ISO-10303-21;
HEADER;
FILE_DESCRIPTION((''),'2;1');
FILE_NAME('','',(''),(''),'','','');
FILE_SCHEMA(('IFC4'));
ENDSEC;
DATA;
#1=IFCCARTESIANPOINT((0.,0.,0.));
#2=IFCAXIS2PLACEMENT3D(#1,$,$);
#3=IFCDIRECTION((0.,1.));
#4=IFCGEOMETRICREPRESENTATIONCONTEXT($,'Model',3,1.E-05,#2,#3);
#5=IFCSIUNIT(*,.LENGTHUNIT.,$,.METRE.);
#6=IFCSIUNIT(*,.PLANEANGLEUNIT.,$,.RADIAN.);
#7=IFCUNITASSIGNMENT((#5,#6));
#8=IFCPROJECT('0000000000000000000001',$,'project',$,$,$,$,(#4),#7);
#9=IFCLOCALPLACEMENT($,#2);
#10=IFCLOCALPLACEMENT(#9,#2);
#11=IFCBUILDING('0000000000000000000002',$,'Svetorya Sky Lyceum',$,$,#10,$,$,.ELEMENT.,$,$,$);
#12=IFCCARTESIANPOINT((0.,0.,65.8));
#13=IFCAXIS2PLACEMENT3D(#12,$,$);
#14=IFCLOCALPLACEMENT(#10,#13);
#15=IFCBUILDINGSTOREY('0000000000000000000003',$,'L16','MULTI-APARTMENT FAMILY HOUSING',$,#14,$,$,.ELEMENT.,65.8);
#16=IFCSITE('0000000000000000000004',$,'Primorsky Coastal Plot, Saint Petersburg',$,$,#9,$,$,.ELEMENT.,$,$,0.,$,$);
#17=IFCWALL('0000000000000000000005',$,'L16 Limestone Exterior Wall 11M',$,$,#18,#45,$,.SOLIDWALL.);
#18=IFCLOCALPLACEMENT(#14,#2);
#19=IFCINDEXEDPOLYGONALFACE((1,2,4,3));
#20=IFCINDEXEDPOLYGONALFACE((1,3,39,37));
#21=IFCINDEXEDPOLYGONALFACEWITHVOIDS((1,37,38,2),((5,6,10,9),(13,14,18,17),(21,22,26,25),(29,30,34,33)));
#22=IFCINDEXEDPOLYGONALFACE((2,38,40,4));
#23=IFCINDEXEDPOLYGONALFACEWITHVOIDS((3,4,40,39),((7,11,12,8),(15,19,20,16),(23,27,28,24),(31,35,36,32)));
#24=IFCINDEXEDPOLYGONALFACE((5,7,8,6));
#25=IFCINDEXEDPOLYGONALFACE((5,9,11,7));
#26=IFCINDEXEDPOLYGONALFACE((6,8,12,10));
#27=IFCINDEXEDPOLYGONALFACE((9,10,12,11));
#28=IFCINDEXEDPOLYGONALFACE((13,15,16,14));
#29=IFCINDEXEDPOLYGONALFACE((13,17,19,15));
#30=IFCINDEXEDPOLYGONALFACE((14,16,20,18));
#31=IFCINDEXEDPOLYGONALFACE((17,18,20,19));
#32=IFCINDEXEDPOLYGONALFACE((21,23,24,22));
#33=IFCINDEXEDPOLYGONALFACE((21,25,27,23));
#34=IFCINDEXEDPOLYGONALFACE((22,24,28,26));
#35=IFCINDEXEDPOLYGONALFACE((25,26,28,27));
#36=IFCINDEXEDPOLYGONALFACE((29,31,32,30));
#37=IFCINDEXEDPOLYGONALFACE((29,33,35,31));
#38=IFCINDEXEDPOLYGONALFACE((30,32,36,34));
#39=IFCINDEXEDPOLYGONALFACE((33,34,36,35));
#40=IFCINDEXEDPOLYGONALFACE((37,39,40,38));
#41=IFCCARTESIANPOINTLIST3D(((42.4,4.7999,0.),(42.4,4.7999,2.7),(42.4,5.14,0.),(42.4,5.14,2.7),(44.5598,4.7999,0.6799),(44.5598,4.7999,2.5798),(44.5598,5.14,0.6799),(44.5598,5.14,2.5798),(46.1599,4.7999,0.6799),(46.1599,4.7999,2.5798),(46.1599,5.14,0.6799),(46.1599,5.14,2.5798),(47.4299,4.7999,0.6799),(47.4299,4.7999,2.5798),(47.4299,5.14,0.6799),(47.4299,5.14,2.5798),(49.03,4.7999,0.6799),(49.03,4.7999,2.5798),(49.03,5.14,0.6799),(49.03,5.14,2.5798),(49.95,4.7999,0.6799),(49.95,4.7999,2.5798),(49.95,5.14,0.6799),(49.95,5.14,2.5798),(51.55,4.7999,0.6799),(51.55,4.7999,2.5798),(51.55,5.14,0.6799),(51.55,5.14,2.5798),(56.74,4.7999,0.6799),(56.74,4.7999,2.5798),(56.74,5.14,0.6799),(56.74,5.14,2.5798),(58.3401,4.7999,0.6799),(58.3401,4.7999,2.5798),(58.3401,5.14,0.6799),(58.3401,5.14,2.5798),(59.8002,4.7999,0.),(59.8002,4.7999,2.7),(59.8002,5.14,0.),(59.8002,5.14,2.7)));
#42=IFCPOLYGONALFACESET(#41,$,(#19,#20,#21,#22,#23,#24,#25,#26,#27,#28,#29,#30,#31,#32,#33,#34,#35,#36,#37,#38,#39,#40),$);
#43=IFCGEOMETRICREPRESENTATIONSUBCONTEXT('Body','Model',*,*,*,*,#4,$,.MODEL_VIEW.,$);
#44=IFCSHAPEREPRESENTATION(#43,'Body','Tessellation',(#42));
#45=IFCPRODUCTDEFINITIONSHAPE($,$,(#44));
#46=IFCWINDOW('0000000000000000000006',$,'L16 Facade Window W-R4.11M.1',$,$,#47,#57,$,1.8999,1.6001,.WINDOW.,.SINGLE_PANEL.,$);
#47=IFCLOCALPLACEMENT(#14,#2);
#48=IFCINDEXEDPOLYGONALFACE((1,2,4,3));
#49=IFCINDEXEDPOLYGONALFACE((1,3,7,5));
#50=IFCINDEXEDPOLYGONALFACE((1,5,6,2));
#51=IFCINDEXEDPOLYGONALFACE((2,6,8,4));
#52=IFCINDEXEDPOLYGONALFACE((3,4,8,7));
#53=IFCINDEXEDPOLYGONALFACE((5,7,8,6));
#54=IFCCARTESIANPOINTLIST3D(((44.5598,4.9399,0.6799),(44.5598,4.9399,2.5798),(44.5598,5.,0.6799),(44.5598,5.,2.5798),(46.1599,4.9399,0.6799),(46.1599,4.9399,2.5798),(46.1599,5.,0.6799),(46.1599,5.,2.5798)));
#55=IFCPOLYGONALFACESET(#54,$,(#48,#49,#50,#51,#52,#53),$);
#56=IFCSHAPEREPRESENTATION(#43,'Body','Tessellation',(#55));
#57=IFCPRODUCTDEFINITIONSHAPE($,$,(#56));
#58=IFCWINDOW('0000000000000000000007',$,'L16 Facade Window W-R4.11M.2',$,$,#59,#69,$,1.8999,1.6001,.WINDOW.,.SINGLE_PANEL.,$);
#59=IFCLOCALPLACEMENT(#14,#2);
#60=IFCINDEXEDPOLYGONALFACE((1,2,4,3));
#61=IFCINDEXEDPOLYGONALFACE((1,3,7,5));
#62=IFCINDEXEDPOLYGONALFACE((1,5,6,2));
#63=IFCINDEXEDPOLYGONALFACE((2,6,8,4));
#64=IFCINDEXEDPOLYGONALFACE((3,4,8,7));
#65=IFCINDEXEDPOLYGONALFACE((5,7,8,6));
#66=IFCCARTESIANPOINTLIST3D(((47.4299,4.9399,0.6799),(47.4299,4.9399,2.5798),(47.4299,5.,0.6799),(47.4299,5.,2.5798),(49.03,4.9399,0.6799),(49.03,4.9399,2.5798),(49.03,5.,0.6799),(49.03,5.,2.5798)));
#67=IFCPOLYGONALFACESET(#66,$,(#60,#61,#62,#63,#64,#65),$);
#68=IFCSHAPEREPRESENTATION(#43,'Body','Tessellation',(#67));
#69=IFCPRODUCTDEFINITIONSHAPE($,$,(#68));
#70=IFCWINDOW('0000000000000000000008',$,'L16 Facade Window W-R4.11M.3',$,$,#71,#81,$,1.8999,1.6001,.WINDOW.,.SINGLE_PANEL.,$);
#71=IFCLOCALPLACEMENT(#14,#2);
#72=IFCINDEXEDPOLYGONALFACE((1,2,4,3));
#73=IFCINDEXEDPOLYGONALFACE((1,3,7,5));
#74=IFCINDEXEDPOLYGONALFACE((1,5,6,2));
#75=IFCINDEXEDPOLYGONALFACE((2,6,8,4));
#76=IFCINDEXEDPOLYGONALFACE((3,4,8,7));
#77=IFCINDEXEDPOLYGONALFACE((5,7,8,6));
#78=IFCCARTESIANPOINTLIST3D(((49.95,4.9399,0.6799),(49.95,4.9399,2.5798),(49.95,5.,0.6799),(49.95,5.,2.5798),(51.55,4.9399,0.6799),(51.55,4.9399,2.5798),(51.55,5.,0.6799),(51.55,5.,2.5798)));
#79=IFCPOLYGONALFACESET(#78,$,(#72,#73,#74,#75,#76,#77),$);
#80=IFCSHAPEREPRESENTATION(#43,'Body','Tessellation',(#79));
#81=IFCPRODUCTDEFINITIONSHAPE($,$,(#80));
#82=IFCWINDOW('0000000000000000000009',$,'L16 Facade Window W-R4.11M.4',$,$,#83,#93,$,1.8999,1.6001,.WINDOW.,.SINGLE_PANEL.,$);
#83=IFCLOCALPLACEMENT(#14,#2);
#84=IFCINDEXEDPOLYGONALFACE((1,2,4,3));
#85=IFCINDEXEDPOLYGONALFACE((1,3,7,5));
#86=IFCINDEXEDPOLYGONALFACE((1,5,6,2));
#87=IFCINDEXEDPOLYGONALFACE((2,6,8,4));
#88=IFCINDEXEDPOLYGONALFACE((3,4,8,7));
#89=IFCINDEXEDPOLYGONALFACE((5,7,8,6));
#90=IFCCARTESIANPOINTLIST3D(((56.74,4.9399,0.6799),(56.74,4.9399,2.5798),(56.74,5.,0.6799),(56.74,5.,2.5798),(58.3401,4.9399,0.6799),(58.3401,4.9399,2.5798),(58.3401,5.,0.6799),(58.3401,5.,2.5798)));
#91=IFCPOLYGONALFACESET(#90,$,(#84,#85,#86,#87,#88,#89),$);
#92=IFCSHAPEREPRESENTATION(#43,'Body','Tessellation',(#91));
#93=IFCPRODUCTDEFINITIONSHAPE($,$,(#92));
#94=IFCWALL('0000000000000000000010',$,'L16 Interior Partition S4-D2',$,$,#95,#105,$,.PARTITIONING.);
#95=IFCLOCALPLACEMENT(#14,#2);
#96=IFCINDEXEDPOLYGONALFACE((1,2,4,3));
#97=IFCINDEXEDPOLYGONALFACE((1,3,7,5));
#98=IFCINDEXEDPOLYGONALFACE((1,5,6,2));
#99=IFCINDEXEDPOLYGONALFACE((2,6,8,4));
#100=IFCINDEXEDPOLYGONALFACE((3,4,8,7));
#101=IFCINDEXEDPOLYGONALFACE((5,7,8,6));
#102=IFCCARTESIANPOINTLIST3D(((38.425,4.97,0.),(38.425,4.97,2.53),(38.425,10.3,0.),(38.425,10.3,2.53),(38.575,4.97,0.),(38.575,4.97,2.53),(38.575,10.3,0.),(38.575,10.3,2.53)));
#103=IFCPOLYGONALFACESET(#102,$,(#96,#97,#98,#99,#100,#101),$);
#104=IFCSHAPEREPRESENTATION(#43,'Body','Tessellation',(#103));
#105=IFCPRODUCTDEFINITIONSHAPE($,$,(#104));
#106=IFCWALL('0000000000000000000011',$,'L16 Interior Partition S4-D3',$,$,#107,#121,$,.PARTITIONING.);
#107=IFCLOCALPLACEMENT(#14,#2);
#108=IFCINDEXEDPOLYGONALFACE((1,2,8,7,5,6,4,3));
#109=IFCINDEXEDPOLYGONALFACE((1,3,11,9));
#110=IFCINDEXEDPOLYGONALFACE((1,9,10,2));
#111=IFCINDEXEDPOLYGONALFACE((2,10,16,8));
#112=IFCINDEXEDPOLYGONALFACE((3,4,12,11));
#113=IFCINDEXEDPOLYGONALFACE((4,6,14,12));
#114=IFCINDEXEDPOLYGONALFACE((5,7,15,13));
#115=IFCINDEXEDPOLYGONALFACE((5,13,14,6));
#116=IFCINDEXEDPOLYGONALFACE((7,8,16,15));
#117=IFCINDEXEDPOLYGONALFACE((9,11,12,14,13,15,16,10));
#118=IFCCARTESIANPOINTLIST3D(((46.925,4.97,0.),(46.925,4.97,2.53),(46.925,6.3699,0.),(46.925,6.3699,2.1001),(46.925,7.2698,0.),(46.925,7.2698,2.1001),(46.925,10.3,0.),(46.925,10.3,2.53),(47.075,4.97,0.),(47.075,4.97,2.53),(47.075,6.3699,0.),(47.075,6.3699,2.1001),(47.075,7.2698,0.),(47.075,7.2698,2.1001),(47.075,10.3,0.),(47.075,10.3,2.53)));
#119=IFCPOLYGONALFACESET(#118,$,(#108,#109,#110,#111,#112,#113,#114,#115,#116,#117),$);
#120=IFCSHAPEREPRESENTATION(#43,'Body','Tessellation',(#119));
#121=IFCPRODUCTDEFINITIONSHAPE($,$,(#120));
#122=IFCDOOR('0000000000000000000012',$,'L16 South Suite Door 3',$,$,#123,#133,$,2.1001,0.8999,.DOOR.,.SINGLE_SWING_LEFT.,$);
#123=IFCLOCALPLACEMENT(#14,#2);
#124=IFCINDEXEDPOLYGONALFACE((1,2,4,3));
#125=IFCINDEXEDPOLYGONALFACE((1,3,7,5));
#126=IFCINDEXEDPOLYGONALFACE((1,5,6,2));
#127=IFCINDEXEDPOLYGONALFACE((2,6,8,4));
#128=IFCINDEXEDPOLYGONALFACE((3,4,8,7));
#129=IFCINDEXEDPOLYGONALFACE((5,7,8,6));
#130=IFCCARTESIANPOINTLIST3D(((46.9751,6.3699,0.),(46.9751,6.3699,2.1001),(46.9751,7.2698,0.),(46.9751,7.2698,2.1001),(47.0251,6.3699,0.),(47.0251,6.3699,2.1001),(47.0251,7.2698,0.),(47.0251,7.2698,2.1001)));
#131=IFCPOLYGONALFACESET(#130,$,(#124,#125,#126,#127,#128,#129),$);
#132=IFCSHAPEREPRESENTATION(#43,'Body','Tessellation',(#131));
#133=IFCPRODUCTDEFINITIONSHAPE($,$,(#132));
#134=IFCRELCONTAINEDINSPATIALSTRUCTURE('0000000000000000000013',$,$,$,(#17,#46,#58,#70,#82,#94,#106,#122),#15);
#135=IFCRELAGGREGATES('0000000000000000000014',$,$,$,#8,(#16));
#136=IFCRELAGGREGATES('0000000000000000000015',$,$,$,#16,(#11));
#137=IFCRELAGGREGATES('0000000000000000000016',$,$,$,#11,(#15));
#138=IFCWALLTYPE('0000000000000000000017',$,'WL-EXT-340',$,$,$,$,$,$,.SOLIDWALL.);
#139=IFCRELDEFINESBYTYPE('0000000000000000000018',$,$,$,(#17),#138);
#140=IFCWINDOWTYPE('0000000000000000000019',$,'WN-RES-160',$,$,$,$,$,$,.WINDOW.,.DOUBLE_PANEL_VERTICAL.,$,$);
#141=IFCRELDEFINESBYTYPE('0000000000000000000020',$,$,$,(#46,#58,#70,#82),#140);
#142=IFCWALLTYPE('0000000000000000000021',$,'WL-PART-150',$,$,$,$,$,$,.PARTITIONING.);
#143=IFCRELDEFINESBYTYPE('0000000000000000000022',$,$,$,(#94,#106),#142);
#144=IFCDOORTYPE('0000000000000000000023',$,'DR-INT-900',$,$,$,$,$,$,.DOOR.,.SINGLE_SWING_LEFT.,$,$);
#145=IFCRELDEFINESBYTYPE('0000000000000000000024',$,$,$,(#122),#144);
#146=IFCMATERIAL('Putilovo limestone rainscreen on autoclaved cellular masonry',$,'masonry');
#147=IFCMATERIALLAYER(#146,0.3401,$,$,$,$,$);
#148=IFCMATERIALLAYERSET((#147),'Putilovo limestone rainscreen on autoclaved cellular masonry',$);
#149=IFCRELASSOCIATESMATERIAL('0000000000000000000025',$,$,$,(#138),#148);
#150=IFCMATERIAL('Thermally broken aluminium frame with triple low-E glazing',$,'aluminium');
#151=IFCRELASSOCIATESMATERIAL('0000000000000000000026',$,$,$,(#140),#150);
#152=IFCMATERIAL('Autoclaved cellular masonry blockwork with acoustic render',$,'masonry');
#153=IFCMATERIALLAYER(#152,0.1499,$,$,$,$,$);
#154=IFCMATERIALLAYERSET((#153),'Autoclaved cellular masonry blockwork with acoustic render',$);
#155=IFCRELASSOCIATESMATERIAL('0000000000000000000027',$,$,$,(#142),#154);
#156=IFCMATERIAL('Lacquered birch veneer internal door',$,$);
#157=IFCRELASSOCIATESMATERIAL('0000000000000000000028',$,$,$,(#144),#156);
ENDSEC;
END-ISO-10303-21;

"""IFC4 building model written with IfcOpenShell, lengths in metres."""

from ifc_helpers import new_model, si_unit, direction, frame, frame_2d, origin, place, context, subcontext, project, spatial, rectangle, extrude, material, layer, layer_set, type_object, element, fill, save


model = new_model("IFC4")

# Units and contexts
model_context = context("Model", 3, precision=1e-05, world=origin(), true_north=direction((0.0, 1.0)))
body_context = subcontext(model_context, "Body", "Model", "MODEL_VIEW")
ifc_project = project(units=[si_unit("LENGTHUNIT", "METRE"), si_unit("PLANEANGLEUNIT", "RADIAN")], contexts=[model_context])

# Site, building, storey
site_placement = place(None, origin())
site = spatial("IfcSite", under=ifc_project, at=site_placement, Name="Primorsky Coastal Plot, Saint Petersburg", CompositionType="ELEMENT", RefElevation=0.0)
building_placement = place(site_placement, origin())
building = spatial("IfcBuilding", under=site, at=building_placement, Name="Svetorya Sky Lyceum", CompositionType="ELEMENT")
storey_placement = place(building_placement, frame((0.0, 0.0, 65.8)))
storey = spatial("IfcBuildingStorey", under=building, at=storey_placement, Name="L16", Description="MULTI-APARTMENT FAMILY HOUSING", CompositionType="ELEMENT", Elevation=65.8)

# Shared definitions
ifc_material_1 = material(Name="Putilovo limestone rainscreen on autoclaved cellular masonry", Category="masonry")
ifc_layer_1 = layer(ifc_material_1, 0.3401)
ifc_layer_set_1 = layer_set([ifc_layer_1], Name="Putilovo limestone rainscreen on autoclaved cellular masonry")
wall_type_1 = type_object("IfcWallType", Name="WL-EXT-340", PredefinedType="SOLIDWALL", material=ifc_layer_set_1)

# Wall, openings, windows
wall_1_placement = place(storey_placement, frame((42.3999, 4.97, 0.0), z_axis=(0.0, 0.0, 1.0), x_axis=(1.0, 0.0, 0.0)))
wall_1 = element("IfcWall", 1, at=wall_1_placement, inside=storey, type_object=wall_type_1, Name="L16 Limestone Exterior Wall 11M", PredefinedType="SOLIDWALL", context=body_context, shape_type="SweptSolid", body=[
    extrude(rectangle(XDim=17.4001, YDim=0.3401, at=frame_2d((8.7002, 0.0))), origin(), (0.0, 0.0, 1.0), 2.7),
])
opening_1_placement = place(wall_1_placement, frame((2.1599, 0.0, 0.6799)))
opening_1 = element("IfcOpeningElement", 2, at=opening_1_placement, cuts=wall_1, PredefinedType="OPENING", context=body_context, shape_type="SweptSolid", body=[
    extrude(rectangle(XDim=1.6001, YDim=1.8999, at=frame_2d((0.8, 0.95))), frame((0.0, 0.1799, 0.0), z_axis=(0.0, -1.0, 0.0), x_axis=(1.0, 0.0, 0.0)), (0.0, 0.0, 1.0), 0.3601),
])
opening_2_placement = place(wall_1_placement, frame((5.03, 0.0, 0.6799)))
opening_2 = element("IfcOpeningElement", 3, at=opening_2_placement, cuts=wall_1, PredefinedType="OPENING", context=body_context, shape_type="SweptSolid", body=[
    extrude(rectangle(XDim=1.6001, YDim=1.8999, at=frame_2d((0.8, 0.95))), frame((0.0, 0.1799, 0.0), z_axis=(0.0, -1.0, 0.0), x_axis=(1.0, 0.0, 0.0)), (0.0, 0.0, 1.0), 0.3601),
])
opening_3_placement = place(wall_1_placement, frame((7.55, 0.0, 0.6799)))
opening_3 = element("IfcOpeningElement", 4, at=opening_3_placement, cuts=wall_1, PredefinedType="OPENING", context=body_context, shape_type="SweptSolid", body=[
    extrude(rectangle(XDim=1.6001, YDim=1.8999, at=frame_2d((0.8, 0.95))), frame((0.0, 0.1799, 0.0), z_axis=(0.0, -1.0, 0.0), x_axis=(1.0, 0.0, 0.0)), (0.0, 0.0, 1.0), 0.3601),
])
opening_4_placement = place(wall_1_placement, frame((14.3401, 0.0, 0.6799)))
opening_4 = element("IfcOpeningElement", 5, at=opening_4_placement, cuts=wall_1, PredefinedType="OPENING", context=body_context, shape_type="SweptSolid", body=[
    extrude(rectangle(XDim=1.6001, YDim=1.8999, at=frame_2d((0.8, 0.95))), frame((0.0, 0.1799, 0.0), z_axis=(0.0, -1.0, 0.0), x_axis=(1.0, 0.0, 0.0)), (0.0, 0.0, 1.0), 0.3601),
])
ifc_material_2 = material(Name="Thermally broken aluminium frame with triple low-E glazing", Category="aluminium")
window_type = type_object("IfcWindowType", Name="WN-RES-160", PartitioningType="DOUBLE_PANEL_VERTICAL", PredefinedType="WINDOW", material=ifc_material_2)
window_1_placement = place(opening_1_placement, origin())
window_1 = element("IfcWindow", 6, at=window_1_placement, inside=storey, type_object=window_type, Name="L16 Facade Window W-R4.11M.1", OverallHeight=1.8999, OverallWidth=1.6001, PartitioningType="SINGLE_PANEL", PredefinedType="WINDOW", context=body_context, shape_type="SweptSolid", body=[
    extrude(rectangle(XDim=1.6001, YDim=1.8999, at=frame_2d((0.8, 0.95))), frame((0.0, 0.03, 0.0), z_axis=(0.0, -1.0, 0.0), x_axis=(1.0, 0.0, 0.0)), (0.0, 0.0, 1.0), 0.0601),
])
fill(opening_1, window_1)
window_2_placement = place(opening_2_placement, origin())
window_2 = element("IfcWindow", 7, at=window_2_placement, inside=storey, type_object=window_type, Name="L16 Facade Window W-R4.11M.2", OverallHeight=1.8999, OverallWidth=1.6001, PartitioningType="SINGLE_PANEL", PredefinedType="WINDOW", context=body_context, shape_type="SweptSolid", body=[
    extrude(rectangle(XDim=1.6001, YDim=1.8999, at=frame_2d((0.8, 0.95))), frame((0.0, 0.03, 0.0), z_axis=(0.0, -1.0, 0.0), x_axis=(1.0, 0.0, 0.0)), (0.0, 0.0, 1.0), 0.0601),
])
fill(opening_2, window_2)
window_3_placement = place(opening_3_placement, origin())
window_3 = element("IfcWindow", 8, at=window_3_placement, inside=storey, type_object=window_type, Name="L16 Facade Window W-R4.11M.3", OverallHeight=1.8999, OverallWidth=1.6001, PartitioningType="SINGLE_PANEL", PredefinedType="WINDOW", context=body_context, shape_type="SweptSolid", body=[
    extrude(rectangle(XDim=1.6001, YDim=1.8999, at=frame_2d((0.8, 0.95))), frame((0.0, 0.03, 0.0), z_axis=(0.0, -1.0, 0.0), x_axis=(1.0, 0.0, 0.0)), (0.0, 0.0, 1.0), 0.0601),
])
fill(opening_3, window_3)
window_4_placement = place(opening_4_placement, origin())
window_4 = element("IfcWindow", 9, at=window_4_placement, inside=storey, type_object=window_type, Name="L16 Facade Window W-R4.11M.4", OverallHeight=1.8999, OverallWidth=1.6001, PartitioningType="SINGLE_PANEL", PredefinedType="WINDOW", context=body_context, shape_type="SweptSolid", body=[
    extrude(rectangle(XDim=1.6001, YDim=1.8999, at=frame_2d((0.8, 0.95))), frame((0.0, 0.03, 0.0), z_axis=(0.0, -1.0, 0.0), x_axis=(1.0, 0.0, 0.0)), (0.0, 0.0, 1.0), 0.0601),
])
fill(opening_4, window_4)

# Wall
ifc_material_3 = material(Name="Autoclaved cellular masonry blockwork with acoustic render", Category="masonry")
ifc_layer_2 = layer(ifc_material_3, 0.1499)
ifc_layer_set_2 = layer_set([ifc_layer_2], Name="Autoclaved cellular masonry blockwork with acoustic render")
wall_type_2 = type_object("IfcWallType", Name="WL-PART-150", PredefinedType="PARTITIONING", material=ifc_layer_set_2)
wall_2_placement = place(storey_placement, frame((38.5, 4.97, 0.0), z_axis=(0.0, 0.0, 1.0), x_axis=(0.0, 1.0, 0.0)))
element("IfcWall", 10, at=wall_2_placement, inside=storey, type_object=wall_type_2, Name="L16 Interior Partition S4-D2", PredefinedType="PARTITIONING", context=body_context, shape_type="SweptSolid", body=[
    extrude(rectangle(XDim=5.3301, YDim=0.1499, at=frame_2d((2.665, 0.0))), origin(), (0.0, 0.0, 1.0), 2.53),
])

# Wall, opening, door
wall_3_placement = place(storey_placement, frame((47.0, 4.97, 0.0), z_axis=(0.0, 0.0, 1.0), x_axis=(0.0, 1.0, 0.0)))
wall_3 = element("IfcWall", 11, at=wall_3_placement, inside=storey, type_object=wall_type_2, Name="L16 Interior Partition S4-D3", PredefinedType="PARTITIONING", context=body_context, shape_type="SweptSolid", body=[
    extrude(rectangle(XDim=5.3301, YDim=0.1499, at=frame_2d((2.665, 0.0))), origin(), (0.0, 0.0, 1.0), 2.53),
])
opening_5_placement = place(wall_3_placement, frame((1.3999, 0.0, 0.0)))
opening_5 = element("IfcOpeningElement", 12, at=opening_5_placement, cuts=wall_3, PredefinedType="OPENING", context=body_context, shape_type="SweptSolid", body=[
    extrude(rectangle(XDim=0.8999, YDim=2.1001, at=frame_2d((0.45, 1.05))), frame((0.0, 0.085, 0.0), z_axis=(0.0, -1.0, 0.0), x_axis=(1.0, 0.0, 0.0)), (0.0, 0.0, 1.0), 0.1699),
])
ifc_material_4 = material(Name="Lacquered birch veneer internal door")
door_type = type_object("IfcDoorType", Name="DR-INT-900", OperationType="SINGLE_SWING_LEFT", PredefinedType="DOOR", material=ifc_material_4)
door_placement = place(opening_5_placement, origin())
door = element("IfcDoor", 13, at=door_placement, inside=storey, type_object=door_type, Name="L16 South Suite Door 3", OperationType="SINGLE_SWING_LEFT", OverallHeight=2.1001, OverallWidth=0.8999, PredefinedType="DOOR", context=body_context, shape_type="SweptSolid", body=[
    extrude(rectangle(XDim=0.8999, YDim=2.1001, at=frame_2d((0.45, 1.05))), frame((0.0, 0.0249, 0.0), z_axis=(0.0, -1.0, 0.0), x_axis=(1.0, 0.0, 0.0)), (0.0, 0.0, 1.0), 0.05),
])
fill(opening_5, door)

save(model, "model.ifc")
